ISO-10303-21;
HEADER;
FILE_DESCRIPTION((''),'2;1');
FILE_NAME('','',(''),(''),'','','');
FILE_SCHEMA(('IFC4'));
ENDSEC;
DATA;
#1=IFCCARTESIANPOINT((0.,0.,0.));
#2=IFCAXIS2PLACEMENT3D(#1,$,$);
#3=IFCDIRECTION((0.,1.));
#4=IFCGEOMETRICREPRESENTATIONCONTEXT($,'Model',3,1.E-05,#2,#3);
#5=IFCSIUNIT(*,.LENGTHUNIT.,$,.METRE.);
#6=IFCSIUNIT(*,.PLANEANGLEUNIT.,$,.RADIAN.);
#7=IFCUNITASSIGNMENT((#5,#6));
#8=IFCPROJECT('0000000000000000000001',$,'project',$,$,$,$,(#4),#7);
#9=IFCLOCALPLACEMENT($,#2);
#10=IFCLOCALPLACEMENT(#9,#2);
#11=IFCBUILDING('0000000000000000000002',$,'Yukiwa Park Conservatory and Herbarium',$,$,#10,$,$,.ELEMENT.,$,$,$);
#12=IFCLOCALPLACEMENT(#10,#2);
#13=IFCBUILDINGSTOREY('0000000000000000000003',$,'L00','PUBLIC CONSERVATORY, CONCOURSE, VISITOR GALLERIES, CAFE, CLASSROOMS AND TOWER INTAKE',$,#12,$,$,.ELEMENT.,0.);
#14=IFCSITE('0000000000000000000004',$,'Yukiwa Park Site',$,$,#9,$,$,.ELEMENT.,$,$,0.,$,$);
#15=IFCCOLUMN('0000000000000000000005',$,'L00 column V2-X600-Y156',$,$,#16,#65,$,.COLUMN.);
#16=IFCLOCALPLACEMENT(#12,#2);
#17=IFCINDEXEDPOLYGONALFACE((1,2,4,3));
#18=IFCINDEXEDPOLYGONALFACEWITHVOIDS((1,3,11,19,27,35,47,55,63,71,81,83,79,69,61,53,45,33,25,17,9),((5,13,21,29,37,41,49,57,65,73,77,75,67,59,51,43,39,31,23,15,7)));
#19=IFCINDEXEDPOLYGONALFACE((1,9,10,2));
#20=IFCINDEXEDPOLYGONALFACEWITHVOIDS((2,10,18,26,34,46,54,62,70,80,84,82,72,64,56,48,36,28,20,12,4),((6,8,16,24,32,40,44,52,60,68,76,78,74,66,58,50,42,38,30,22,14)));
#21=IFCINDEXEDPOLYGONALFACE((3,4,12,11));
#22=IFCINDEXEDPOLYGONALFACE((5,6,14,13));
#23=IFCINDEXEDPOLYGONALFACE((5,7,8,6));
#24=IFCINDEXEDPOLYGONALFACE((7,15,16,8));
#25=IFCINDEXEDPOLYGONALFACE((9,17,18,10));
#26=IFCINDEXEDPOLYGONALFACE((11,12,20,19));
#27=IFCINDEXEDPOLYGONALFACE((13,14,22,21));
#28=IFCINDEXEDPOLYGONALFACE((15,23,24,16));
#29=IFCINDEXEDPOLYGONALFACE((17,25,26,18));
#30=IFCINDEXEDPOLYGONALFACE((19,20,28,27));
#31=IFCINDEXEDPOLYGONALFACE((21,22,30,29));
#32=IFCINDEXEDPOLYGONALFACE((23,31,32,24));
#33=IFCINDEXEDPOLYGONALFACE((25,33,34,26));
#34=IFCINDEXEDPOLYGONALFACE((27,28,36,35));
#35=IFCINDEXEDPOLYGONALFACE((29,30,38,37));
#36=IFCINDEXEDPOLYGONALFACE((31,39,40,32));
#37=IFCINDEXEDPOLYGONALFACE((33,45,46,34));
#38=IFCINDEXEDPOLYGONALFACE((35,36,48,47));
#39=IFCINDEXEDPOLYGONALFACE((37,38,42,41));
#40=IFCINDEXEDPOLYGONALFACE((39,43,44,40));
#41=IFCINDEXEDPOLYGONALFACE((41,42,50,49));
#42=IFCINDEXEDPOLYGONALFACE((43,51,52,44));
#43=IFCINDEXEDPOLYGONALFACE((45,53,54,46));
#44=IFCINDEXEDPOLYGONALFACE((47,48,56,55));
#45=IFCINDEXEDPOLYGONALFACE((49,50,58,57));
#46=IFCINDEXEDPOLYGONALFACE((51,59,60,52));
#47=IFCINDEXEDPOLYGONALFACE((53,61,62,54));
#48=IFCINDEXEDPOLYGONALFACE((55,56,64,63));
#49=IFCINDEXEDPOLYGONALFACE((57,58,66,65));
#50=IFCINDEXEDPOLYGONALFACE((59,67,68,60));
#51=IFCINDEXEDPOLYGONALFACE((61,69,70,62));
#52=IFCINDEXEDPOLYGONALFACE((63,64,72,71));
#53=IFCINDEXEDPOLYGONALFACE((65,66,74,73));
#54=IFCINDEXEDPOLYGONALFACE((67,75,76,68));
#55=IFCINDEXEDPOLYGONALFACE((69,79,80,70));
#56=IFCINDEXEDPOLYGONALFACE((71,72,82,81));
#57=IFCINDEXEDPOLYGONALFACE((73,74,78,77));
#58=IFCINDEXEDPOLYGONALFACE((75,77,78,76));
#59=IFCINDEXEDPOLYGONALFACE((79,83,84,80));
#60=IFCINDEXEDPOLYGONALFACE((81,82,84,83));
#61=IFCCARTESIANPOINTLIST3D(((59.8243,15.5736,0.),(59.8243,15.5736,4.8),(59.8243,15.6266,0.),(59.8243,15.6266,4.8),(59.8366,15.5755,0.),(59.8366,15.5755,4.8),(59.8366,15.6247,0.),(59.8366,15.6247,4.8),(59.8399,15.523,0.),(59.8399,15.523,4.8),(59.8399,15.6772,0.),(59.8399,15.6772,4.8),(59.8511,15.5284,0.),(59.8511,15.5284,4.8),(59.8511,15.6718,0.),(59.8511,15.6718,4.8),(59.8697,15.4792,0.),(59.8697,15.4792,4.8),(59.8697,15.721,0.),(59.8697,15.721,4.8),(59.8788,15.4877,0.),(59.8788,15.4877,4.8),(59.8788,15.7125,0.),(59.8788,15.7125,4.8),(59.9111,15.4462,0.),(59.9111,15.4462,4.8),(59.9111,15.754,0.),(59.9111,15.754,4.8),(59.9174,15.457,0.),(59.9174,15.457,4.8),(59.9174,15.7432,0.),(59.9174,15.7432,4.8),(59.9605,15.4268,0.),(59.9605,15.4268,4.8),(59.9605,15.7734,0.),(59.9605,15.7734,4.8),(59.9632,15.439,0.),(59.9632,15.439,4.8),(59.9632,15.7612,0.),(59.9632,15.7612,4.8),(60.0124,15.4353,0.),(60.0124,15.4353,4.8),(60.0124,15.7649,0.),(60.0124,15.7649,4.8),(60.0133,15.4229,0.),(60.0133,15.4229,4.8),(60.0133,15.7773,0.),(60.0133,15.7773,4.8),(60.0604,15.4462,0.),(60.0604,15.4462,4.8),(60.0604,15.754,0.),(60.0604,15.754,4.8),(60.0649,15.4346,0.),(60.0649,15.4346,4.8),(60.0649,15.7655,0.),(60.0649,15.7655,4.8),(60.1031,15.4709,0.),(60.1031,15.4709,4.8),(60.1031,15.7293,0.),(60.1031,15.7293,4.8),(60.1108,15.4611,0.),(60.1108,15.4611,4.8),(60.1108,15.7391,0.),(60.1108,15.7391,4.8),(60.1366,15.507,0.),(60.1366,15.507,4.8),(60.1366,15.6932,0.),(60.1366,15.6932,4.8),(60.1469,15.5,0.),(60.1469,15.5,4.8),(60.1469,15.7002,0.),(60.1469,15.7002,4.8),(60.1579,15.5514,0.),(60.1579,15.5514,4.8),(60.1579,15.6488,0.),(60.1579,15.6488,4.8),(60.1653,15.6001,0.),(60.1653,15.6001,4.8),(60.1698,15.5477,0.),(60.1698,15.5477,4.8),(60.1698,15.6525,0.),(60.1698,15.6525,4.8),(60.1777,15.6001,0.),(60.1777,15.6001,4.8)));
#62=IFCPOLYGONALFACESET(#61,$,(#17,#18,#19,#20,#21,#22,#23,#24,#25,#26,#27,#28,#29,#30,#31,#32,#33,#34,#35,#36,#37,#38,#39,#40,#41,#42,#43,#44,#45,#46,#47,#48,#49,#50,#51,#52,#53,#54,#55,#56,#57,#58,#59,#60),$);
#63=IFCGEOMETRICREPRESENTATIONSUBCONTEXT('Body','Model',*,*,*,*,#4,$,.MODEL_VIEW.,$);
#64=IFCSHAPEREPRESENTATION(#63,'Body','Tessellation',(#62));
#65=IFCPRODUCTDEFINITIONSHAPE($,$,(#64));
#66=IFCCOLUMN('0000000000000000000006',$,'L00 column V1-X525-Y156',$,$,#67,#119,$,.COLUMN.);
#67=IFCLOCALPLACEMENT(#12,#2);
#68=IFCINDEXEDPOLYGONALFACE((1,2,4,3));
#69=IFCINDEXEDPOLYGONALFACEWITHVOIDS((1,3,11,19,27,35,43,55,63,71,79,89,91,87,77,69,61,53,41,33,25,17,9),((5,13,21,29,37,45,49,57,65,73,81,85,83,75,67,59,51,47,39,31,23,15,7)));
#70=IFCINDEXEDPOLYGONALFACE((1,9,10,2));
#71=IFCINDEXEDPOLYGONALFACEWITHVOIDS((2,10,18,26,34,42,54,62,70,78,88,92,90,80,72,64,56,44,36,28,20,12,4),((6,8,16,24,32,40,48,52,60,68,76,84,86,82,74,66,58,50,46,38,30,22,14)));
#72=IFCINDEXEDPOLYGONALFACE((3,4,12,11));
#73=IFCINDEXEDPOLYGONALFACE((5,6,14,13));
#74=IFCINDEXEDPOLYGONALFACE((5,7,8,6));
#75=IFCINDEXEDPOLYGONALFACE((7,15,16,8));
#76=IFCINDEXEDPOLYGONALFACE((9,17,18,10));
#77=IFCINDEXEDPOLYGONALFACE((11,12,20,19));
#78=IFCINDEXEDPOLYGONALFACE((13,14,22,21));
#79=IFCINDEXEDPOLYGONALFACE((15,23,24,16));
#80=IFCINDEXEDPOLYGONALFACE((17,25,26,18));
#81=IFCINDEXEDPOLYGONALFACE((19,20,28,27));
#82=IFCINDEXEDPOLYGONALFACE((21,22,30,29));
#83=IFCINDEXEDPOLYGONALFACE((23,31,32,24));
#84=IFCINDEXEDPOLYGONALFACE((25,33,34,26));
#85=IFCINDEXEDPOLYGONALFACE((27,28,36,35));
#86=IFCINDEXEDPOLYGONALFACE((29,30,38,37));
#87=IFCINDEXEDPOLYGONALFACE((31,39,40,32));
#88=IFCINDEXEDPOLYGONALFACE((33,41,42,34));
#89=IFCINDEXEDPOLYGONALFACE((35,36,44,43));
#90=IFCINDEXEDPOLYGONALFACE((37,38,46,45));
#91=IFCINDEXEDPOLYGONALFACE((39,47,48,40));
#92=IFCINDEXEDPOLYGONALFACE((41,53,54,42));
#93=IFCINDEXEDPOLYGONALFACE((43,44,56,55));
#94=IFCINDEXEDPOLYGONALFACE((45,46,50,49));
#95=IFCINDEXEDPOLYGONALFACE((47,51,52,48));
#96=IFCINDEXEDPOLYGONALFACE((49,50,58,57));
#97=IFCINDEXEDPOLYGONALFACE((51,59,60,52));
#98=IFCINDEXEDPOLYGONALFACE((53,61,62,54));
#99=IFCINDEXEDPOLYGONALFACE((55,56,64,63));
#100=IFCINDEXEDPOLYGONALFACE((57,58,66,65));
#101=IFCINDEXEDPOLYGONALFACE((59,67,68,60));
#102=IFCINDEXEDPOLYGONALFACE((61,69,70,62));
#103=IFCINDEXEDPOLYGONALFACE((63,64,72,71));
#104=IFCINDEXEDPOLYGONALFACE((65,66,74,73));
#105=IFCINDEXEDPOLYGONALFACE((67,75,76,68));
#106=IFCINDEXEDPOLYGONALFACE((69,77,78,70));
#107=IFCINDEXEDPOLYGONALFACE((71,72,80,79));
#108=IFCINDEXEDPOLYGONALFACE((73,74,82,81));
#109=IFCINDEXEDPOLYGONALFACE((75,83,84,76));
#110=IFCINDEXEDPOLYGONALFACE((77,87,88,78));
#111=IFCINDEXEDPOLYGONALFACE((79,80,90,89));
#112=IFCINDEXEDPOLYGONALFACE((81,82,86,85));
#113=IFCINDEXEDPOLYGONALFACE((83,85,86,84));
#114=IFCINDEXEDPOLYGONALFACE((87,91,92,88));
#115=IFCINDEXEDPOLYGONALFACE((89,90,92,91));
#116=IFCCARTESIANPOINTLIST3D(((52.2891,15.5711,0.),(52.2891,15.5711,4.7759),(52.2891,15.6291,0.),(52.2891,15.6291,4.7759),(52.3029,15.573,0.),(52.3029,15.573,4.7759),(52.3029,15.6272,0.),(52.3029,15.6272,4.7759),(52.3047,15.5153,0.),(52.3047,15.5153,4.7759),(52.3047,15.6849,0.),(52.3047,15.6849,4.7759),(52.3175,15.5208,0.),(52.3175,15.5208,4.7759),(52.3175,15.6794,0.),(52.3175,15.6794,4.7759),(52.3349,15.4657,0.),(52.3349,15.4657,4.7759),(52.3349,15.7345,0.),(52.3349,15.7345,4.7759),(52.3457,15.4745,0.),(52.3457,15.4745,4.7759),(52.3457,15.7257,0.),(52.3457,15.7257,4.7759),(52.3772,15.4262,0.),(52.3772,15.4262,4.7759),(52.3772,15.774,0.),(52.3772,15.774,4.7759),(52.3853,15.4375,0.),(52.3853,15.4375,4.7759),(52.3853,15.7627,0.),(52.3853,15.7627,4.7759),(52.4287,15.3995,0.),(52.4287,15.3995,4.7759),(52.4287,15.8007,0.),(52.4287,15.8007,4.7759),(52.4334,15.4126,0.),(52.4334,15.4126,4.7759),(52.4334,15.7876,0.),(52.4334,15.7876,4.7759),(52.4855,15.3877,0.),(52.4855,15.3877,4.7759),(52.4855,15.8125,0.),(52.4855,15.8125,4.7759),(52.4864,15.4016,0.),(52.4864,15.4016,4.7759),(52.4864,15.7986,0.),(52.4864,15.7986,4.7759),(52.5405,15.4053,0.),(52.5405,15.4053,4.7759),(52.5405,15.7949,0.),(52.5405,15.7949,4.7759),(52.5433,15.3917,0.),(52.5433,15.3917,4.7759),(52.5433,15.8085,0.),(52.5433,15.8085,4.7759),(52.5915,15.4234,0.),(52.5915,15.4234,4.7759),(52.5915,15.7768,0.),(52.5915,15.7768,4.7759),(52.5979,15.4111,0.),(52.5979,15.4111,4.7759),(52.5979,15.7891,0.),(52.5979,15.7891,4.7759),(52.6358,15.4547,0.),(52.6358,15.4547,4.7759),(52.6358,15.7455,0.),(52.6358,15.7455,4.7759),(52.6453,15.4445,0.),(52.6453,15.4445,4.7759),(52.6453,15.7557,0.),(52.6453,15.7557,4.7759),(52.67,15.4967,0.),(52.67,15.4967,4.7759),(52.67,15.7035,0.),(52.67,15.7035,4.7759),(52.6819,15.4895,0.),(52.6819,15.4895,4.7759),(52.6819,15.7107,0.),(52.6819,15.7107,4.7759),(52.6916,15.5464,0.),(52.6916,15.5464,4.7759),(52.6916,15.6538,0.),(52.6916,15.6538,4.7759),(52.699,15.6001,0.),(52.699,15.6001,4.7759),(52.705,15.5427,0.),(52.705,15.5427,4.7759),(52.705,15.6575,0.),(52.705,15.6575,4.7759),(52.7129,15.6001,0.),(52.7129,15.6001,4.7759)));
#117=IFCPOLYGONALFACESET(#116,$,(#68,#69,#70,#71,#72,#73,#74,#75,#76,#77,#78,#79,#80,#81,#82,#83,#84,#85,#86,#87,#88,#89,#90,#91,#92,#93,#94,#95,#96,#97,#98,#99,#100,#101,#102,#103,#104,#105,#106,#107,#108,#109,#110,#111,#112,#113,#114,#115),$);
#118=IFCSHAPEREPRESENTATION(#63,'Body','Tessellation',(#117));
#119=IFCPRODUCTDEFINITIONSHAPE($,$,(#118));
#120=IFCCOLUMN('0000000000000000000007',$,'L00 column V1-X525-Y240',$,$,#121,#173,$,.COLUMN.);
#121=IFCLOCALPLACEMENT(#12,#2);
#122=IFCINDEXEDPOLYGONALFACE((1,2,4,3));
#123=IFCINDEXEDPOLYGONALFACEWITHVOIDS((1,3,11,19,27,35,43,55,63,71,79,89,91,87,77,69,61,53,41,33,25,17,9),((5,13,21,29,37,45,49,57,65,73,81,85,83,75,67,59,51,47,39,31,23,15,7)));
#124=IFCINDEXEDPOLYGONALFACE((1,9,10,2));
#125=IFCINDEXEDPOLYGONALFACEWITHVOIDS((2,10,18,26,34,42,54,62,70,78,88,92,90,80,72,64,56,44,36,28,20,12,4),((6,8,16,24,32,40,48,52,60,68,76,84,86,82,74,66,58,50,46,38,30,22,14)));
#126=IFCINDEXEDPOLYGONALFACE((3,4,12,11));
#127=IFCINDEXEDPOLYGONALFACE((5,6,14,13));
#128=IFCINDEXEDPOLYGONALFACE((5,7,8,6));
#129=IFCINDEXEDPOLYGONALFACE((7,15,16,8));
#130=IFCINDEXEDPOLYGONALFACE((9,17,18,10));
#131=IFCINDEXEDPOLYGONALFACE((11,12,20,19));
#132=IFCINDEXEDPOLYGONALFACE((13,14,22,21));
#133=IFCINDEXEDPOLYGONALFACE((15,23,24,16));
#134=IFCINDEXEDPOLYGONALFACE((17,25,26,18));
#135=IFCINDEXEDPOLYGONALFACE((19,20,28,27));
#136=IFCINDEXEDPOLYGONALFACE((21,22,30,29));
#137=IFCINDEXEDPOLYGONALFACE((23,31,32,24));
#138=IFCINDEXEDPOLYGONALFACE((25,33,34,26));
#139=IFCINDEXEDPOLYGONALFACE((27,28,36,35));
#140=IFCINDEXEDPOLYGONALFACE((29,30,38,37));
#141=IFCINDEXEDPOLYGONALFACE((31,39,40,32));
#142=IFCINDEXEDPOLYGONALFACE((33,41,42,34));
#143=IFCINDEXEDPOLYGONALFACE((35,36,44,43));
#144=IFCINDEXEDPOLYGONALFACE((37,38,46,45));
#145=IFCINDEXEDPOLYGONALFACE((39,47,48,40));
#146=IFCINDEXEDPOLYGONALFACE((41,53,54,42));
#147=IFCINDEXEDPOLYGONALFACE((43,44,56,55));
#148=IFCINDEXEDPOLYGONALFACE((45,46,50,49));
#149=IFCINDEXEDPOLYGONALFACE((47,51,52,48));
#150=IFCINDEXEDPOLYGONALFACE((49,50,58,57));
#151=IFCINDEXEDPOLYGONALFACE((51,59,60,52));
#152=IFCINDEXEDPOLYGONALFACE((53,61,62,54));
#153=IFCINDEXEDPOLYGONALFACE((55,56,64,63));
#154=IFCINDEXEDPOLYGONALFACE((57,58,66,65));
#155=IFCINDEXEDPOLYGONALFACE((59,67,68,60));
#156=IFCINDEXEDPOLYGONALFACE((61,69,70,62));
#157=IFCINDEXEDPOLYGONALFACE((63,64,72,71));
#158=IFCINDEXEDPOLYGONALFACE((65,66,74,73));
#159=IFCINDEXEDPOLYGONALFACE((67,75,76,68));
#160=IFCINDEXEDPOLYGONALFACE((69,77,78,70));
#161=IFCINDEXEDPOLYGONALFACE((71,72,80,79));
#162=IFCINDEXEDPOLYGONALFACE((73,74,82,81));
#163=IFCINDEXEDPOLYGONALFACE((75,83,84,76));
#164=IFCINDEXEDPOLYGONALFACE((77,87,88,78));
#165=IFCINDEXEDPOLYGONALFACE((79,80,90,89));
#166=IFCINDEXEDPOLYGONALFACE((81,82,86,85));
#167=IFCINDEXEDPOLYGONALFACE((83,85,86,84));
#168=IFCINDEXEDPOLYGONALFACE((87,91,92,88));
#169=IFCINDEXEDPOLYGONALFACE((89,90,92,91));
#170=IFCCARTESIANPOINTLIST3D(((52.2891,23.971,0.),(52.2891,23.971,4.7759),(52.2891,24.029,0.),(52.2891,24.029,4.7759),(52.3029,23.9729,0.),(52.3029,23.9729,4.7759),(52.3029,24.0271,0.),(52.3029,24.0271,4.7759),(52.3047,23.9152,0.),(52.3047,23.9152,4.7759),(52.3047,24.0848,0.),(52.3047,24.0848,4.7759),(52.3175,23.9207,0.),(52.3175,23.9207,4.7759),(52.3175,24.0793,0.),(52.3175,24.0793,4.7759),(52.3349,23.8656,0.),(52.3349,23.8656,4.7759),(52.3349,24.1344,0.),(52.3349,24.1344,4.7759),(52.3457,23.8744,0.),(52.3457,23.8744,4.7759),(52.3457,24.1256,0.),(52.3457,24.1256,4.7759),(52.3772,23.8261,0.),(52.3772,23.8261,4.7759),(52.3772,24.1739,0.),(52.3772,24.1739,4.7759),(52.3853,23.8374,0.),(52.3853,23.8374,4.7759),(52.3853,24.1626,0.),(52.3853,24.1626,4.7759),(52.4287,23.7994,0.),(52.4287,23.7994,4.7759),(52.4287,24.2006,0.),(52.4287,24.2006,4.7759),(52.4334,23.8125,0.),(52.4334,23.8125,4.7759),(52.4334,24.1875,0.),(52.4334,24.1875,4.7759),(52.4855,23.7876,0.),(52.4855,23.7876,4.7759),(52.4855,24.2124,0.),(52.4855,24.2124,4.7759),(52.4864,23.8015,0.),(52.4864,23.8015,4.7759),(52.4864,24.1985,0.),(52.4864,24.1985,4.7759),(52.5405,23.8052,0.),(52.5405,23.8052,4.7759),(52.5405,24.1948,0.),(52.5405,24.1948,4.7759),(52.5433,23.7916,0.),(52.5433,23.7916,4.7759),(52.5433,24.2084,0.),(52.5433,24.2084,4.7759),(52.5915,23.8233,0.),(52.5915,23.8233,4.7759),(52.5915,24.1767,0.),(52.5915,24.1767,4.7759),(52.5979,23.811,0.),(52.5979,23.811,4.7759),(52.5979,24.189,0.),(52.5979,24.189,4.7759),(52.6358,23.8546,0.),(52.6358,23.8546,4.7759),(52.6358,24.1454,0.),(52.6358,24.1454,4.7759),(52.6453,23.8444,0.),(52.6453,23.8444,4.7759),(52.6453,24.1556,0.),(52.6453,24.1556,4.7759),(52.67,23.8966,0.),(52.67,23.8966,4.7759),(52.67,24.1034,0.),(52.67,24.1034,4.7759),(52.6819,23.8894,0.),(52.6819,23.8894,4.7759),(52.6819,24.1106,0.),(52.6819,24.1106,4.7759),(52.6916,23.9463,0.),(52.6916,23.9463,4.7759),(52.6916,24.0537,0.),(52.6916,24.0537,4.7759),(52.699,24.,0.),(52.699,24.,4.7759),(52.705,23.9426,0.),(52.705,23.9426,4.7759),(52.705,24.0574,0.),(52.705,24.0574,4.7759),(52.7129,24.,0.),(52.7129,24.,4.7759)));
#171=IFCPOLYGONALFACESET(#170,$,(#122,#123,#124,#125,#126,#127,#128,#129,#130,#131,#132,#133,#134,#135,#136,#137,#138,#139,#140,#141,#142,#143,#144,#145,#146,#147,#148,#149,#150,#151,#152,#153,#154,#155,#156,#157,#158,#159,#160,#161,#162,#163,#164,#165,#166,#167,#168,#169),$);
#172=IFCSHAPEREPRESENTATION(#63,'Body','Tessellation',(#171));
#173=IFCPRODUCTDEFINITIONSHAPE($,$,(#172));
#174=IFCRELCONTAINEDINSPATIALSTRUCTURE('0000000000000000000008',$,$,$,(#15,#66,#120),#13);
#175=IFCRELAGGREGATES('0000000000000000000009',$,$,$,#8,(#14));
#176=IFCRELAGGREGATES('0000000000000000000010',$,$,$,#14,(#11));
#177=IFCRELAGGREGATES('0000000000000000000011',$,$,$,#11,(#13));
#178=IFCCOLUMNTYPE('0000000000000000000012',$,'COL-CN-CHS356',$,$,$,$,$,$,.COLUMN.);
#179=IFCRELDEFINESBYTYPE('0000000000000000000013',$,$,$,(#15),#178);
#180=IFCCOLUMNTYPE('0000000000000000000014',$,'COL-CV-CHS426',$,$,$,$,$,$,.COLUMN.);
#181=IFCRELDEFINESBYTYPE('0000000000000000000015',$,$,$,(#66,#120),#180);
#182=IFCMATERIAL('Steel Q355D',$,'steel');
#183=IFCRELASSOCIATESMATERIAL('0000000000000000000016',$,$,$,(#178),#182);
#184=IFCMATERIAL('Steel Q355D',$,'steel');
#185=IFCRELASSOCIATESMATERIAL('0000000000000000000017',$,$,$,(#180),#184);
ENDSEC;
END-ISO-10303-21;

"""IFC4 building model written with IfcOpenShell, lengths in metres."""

from ifc_helpers import new_model, si_unit, direction, frame, origin, origin_2d, place, context, subcontext, project, spatial, hollow_circle, extrude, material, material_profile, profile_set, type_object, element, save


model = new_model("IFC4")

# Units and contexts
model_context = context("Model", 3, precision=1e-05, world=origin(), true_north=direction((0.0, 1.0)))
body_context = subcontext(model_context, "Body", "Model", "MODEL_VIEW")
ifc_project = project(units=[si_unit("LENGTHUNIT", "METRE"), si_unit("PLANEANGLEUNIT", "RADIAN")], contexts=[model_context])

# Site, building, storey
site_placement = place(None, origin())
site = spatial("IfcSite", under=ifc_project, at=site_placement, Name="Yukiwa Park Site", CompositionType="ELEMENT", RefElevation=0.0)
building_placement = place(site_placement, origin())
building = spatial("IfcBuilding", under=site, at=building_placement, Name="Yukiwa Park Conservatory and Herbarium", CompositionType="ELEMENT")
storey_placement = place(building_placement, origin())
storey = spatial("IfcBuildingStorey", under=building, at=storey_placement, Name="L00", Description="PUBLIC CONSERVATORY, CONCOURSE, VISITOR GALLERIES, CAFE, CLASSROOMS AND TOWER INTAKE", CompositionType="ELEMENT", Elevation=0.0)

# Columns
ifc_material_1 = material(Name="Steel Q355D", Category="steel")
ifc_material_profile_1 = material_profile(ifc_material_1, hollow_circle(Radius=0.1777, WallThickness=0.0125, at=origin_2d()), Name="CHS 355.6x12.5")
ifc_profile_set_1 = profile_set([ifc_material_profile_1], Name="Steel Q355D")
column_type_1 = type_object("IfcColumnType", Name="COL-CN-CHS356", PredefinedType="COLUMN", material=ifc_profile_set_1)
column_1_placement = place(storey_placement, frame((60.0, 15.6001, 0.0), z_axis=(0.0, 0.0, 1.0), x_axis=(1.0, 0.0, 0.0)))
element("IfcColumn", 1, at=column_1_placement, inside=storey, type_object=column_type_1, Name="L00 column V2-X600-Y156", PredefinedType="COLUMN", context=body_context, shape_type="SweptSolid", body=[
    extrude(hollow_circle(Radius=0.1777, WallThickness=0.0125, at=origin_2d()), origin(), (0.0, 0.0, 1.0), 4.8),
])
ifc_material_2 = material(Name="Steel Q355D", Category="steel")
ifc_material_profile_2 = material_profile(ifc_material_2, hollow_circle(Radius=0.2129, WallThickness=0.0139, at=origin_2d()), Name="CHS 426x14")
ifc_profile_set_2 = profile_set([ifc_material_profile_2], Name="Steel Q355D")
column_type_2 = type_object("IfcColumnType", Name="COL-CV-CHS426", PredefinedType="COLUMN", material=ifc_profile_set_2)
for number, where, z_axis, x_axis, name in (
    (2, (52.5, 15.6001, 0.0), (0.0, 0.0, 1.0), (1.0, 0.0, 0.0), "L00 column V1-X525-Y156"),
    (3, (52.5, 24.0, 0.0), (0.0, 0.0, 1.0), (1.0, 0.0, 0.0), "L00 column V1-X525-Y240"),
):
    element("IfcColumn", number, at=place(storey_placement, frame(where, z_axis=z_axis, x_axis=x_axis)), inside=storey, type_object=column_type_2, Name=name, PredefinedType="COLUMN", context=body_context, shape_type="SweptSolid", body=[
        extrude(hollow_circle(Radius=0.2129, WallThickness=0.0139, at=origin_2d()), origin(), (0.0, 0.0, 1.0), 4.7759),
    ])

save(model, "model.ifc")
